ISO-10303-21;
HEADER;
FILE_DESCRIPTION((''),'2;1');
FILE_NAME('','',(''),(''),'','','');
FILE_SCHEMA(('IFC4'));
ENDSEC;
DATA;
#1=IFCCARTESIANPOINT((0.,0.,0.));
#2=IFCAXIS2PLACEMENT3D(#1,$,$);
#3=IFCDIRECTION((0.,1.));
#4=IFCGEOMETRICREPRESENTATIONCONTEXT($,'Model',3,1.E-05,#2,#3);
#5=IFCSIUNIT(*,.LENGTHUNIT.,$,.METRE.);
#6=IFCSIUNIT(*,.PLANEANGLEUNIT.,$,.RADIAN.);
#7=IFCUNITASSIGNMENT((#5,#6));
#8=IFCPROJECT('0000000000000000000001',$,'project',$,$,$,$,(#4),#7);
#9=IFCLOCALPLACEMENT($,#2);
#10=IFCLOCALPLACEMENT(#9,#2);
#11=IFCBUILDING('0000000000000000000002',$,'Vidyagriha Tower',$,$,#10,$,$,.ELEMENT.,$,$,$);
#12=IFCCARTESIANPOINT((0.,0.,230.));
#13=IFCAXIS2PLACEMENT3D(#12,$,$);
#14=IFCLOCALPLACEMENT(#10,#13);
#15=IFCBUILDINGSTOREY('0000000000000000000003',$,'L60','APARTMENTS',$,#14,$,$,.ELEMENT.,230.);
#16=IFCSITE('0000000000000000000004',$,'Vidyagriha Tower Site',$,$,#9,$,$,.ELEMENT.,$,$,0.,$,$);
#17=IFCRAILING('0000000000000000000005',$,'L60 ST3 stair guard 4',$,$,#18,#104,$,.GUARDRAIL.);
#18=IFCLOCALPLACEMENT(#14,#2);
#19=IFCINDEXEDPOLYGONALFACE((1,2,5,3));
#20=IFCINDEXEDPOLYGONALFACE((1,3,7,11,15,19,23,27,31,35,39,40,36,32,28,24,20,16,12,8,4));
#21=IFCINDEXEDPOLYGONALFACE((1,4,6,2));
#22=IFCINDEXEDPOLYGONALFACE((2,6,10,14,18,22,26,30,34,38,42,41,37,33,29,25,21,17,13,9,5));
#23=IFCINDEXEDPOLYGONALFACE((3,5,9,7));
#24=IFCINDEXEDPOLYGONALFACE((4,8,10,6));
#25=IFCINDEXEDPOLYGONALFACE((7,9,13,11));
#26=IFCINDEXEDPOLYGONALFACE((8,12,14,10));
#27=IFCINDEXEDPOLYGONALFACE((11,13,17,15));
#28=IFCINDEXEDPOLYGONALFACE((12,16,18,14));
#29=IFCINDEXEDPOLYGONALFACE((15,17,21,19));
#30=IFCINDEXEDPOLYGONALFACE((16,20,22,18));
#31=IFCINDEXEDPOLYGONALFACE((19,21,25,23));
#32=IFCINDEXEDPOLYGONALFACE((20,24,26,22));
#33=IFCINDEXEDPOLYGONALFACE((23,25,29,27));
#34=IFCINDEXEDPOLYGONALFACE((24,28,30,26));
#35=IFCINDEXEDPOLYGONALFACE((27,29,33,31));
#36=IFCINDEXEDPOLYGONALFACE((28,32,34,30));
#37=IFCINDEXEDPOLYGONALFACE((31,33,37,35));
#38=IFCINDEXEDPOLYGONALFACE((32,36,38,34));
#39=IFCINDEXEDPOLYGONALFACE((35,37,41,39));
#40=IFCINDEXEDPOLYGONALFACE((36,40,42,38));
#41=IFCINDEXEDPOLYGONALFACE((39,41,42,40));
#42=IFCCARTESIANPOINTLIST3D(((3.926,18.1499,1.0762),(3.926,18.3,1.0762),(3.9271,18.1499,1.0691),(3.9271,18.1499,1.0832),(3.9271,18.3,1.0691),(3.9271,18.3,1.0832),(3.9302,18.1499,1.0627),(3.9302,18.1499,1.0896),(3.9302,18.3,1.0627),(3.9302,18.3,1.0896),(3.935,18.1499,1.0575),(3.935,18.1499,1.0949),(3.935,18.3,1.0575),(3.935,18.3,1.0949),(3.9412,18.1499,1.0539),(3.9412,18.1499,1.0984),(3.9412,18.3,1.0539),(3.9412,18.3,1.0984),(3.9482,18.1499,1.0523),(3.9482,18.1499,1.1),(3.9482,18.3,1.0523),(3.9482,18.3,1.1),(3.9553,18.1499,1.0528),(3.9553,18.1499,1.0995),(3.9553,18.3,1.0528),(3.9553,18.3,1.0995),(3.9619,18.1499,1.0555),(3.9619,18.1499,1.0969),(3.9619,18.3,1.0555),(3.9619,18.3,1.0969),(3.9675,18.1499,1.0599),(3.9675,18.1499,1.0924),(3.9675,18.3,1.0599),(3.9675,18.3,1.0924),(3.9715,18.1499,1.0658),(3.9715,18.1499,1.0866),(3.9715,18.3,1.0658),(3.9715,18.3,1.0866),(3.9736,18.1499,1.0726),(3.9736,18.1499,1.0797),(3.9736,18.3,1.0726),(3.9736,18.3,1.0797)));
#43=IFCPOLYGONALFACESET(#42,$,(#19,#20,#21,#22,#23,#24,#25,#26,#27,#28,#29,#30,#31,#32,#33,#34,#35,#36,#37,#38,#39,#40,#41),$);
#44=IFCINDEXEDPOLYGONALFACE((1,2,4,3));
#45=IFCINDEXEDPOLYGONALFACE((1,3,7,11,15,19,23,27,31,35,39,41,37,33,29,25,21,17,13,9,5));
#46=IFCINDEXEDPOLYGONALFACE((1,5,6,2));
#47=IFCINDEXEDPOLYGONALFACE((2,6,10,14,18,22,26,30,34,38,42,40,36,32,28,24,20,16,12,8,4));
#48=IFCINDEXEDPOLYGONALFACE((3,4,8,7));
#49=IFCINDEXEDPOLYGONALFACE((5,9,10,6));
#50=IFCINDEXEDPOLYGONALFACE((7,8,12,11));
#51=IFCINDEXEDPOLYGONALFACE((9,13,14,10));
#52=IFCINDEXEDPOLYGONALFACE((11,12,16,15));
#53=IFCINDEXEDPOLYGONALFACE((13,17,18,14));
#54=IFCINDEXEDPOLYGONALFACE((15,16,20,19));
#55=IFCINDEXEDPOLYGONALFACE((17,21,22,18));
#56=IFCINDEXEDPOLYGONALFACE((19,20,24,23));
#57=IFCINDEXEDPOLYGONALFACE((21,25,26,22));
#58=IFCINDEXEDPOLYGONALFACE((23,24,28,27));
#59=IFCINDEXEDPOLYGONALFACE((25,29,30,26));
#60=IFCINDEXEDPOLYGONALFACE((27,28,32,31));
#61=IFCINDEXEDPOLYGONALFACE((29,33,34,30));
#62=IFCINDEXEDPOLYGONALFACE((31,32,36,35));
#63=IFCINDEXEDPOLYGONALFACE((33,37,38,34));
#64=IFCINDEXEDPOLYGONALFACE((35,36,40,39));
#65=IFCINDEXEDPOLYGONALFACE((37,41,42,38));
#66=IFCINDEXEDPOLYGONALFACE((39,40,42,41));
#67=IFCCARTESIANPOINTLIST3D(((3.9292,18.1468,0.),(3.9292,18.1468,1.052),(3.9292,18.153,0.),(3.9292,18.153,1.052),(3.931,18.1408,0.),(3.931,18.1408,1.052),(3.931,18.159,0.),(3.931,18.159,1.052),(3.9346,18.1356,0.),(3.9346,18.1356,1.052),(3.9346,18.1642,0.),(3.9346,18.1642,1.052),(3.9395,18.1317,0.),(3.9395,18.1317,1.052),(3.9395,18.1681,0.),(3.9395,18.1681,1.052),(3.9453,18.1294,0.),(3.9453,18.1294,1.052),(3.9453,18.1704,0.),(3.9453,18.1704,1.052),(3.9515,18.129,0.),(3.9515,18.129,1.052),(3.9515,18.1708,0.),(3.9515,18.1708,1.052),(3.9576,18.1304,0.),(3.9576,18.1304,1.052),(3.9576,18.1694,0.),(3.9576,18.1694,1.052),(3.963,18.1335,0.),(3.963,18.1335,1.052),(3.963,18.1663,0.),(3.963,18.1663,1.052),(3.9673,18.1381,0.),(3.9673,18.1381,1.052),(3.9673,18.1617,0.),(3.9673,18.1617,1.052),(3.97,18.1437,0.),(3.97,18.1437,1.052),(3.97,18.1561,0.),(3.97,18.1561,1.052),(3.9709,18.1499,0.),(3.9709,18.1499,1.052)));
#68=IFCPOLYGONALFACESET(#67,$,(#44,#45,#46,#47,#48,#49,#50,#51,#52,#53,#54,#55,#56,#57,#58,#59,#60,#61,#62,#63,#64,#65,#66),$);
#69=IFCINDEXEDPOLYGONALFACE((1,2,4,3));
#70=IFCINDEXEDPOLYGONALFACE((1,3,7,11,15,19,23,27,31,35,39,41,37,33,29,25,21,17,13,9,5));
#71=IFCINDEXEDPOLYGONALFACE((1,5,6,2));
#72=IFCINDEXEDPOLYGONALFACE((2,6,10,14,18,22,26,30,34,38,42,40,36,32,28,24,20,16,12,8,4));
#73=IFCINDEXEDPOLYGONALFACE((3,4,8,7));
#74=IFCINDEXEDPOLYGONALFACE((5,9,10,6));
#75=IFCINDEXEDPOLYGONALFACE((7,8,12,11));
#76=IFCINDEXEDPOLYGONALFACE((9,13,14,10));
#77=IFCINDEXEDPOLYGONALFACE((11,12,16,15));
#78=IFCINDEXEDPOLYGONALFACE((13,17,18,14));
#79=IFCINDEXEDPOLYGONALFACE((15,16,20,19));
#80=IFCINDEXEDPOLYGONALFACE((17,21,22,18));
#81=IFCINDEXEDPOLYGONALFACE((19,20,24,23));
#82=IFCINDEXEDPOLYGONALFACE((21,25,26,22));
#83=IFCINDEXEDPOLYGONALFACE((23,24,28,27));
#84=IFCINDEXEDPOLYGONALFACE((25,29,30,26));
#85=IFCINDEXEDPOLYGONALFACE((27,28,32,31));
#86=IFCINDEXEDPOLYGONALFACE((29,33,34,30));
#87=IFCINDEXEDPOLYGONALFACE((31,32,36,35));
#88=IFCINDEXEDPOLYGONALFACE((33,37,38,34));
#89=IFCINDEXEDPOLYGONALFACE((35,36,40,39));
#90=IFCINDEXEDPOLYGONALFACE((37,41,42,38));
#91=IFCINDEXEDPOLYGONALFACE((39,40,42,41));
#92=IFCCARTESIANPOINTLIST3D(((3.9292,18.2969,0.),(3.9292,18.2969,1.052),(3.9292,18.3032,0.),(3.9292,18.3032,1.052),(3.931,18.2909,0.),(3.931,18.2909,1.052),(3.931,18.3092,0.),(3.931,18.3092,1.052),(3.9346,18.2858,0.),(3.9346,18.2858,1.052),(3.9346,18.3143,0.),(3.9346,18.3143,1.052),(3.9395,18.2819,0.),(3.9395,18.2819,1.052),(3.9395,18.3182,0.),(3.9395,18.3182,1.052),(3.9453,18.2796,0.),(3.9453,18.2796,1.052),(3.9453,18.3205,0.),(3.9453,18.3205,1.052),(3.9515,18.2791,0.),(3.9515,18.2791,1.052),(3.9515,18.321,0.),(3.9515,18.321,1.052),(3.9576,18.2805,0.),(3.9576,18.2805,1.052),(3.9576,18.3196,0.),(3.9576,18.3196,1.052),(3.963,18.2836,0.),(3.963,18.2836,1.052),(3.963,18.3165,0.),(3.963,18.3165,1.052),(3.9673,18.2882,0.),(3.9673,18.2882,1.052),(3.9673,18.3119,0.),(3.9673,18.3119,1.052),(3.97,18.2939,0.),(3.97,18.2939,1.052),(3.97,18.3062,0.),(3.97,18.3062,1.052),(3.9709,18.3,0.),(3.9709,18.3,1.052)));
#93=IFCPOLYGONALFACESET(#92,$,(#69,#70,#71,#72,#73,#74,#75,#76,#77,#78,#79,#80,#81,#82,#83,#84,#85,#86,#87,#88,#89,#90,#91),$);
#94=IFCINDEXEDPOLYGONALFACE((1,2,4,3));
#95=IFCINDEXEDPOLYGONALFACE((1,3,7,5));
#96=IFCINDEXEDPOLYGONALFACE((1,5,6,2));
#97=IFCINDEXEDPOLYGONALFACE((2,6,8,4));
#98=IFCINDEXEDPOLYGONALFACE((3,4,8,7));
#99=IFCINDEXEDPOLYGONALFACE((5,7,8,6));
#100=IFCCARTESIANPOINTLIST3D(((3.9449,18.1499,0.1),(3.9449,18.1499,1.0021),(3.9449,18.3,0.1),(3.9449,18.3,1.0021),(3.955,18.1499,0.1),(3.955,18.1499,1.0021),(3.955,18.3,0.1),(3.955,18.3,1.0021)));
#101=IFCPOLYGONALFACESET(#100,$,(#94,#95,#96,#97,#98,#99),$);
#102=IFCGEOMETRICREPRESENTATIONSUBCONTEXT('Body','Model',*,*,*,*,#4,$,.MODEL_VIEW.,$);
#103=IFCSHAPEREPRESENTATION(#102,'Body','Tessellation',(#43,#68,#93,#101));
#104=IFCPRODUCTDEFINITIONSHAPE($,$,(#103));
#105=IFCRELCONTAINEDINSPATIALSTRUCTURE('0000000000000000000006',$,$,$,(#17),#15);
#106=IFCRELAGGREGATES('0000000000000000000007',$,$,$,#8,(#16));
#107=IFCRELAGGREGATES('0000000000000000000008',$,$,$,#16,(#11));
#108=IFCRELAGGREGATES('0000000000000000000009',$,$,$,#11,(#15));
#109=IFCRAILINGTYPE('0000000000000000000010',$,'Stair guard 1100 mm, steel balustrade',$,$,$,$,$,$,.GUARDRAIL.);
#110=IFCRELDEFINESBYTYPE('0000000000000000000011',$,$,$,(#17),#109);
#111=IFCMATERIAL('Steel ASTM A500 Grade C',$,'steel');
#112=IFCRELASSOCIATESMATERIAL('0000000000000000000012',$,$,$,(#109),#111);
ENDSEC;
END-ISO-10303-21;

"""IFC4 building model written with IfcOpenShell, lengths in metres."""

from ifc_helpers import new_model, si_unit, direction, frame, origin, origin_2d, place, context, subcontext, project, spatial, rectangle, circle, extrude, material, type_object, element, save


model = new_model("IFC4")

# Units and contexts
model_context = context("Model", 3, precision=1e-05, world=origin(), true_north=direction((0.0, 1.0)))
body_context = subcontext(model_context, "Body", "Model", "MODEL_VIEW")
ifc_project = project(units=[si_unit("LENGTHUNIT", "METRE"), si_unit("PLANEANGLEUNIT", "RADIAN")], contexts=[model_context])

# Site, building, storey
site_placement = place(None, origin())
site = spatial("IfcSite", under=ifc_project, at=site_placement, Name="Vidyagriha Tower Site", CompositionType="ELEMENT", RefElevation=0.0)
building_placement = place(site_placement, origin())
building = spatial("IfcBuilding", under=site, at=building_placement, Name="Vidyagriha Tower", CompositionType="ELEMENT")
storey_placement = place(building_placement, frame((0.0, 0.0, 230.0)))
storey = spatial("IfcBuildingStorey", under=building, at=storey_placement, Name="L60", Description="APARTMENTS", CompositionType="ELEMENT", Elevation=230.0)

# Railing
ifc_material_1 = material(Name="Steel ASTM A500 Grade C", Category="steel")
railing_type_1 = type_object("IfcRailingType", Name="Stair guard 1100 mm, steel balustrade", PredefinedType="GUARDRAIL", material=ifc_material_1)
railing_1_placement = place(storey_placement, frame((3.95, 18.1499, 0.0)))
element("IfcRailing", 1, at=railing_1_placement, inside=storey, type_object=railing_type_1, Name="L60 ST3 stair guard 4", PredefinedType="GUARDRAIL", context=body_context, shape_type="SweptSolid", body=[
    extrude(circle(Radius=0.0239, at=origin_2d()), frame((0.0, 0.0, 1.0762), z_axis=(0.0, 1.0, 0.0), x_axis=(-1.0, 0.0, 0.0)), (0.0, 0.0, 1.0), 0.1501),
    extrude(circle(Radius=0.021, at=origin_2d()), origin(), (0.0, 0.0, 1.0), 1.052),
    extrude(circle(Radius=0.021, at=origin_2d()), frame((0.0, 0.1501, 0.0)), (0.0, 0.0, 1.0), 1.052),
    extrude(rectangle(XDim=0.01, YDim=0.9021, at=origin_2d()), frame((0.0, 0.0, 0.551), z_axis=(0.0, 1.0, 0.0), x_axis=(-1.0, 0.0, 0.0)), (0.0, 0.0, 1.0), 0.1501),
])

save(model, "model.ifc")
